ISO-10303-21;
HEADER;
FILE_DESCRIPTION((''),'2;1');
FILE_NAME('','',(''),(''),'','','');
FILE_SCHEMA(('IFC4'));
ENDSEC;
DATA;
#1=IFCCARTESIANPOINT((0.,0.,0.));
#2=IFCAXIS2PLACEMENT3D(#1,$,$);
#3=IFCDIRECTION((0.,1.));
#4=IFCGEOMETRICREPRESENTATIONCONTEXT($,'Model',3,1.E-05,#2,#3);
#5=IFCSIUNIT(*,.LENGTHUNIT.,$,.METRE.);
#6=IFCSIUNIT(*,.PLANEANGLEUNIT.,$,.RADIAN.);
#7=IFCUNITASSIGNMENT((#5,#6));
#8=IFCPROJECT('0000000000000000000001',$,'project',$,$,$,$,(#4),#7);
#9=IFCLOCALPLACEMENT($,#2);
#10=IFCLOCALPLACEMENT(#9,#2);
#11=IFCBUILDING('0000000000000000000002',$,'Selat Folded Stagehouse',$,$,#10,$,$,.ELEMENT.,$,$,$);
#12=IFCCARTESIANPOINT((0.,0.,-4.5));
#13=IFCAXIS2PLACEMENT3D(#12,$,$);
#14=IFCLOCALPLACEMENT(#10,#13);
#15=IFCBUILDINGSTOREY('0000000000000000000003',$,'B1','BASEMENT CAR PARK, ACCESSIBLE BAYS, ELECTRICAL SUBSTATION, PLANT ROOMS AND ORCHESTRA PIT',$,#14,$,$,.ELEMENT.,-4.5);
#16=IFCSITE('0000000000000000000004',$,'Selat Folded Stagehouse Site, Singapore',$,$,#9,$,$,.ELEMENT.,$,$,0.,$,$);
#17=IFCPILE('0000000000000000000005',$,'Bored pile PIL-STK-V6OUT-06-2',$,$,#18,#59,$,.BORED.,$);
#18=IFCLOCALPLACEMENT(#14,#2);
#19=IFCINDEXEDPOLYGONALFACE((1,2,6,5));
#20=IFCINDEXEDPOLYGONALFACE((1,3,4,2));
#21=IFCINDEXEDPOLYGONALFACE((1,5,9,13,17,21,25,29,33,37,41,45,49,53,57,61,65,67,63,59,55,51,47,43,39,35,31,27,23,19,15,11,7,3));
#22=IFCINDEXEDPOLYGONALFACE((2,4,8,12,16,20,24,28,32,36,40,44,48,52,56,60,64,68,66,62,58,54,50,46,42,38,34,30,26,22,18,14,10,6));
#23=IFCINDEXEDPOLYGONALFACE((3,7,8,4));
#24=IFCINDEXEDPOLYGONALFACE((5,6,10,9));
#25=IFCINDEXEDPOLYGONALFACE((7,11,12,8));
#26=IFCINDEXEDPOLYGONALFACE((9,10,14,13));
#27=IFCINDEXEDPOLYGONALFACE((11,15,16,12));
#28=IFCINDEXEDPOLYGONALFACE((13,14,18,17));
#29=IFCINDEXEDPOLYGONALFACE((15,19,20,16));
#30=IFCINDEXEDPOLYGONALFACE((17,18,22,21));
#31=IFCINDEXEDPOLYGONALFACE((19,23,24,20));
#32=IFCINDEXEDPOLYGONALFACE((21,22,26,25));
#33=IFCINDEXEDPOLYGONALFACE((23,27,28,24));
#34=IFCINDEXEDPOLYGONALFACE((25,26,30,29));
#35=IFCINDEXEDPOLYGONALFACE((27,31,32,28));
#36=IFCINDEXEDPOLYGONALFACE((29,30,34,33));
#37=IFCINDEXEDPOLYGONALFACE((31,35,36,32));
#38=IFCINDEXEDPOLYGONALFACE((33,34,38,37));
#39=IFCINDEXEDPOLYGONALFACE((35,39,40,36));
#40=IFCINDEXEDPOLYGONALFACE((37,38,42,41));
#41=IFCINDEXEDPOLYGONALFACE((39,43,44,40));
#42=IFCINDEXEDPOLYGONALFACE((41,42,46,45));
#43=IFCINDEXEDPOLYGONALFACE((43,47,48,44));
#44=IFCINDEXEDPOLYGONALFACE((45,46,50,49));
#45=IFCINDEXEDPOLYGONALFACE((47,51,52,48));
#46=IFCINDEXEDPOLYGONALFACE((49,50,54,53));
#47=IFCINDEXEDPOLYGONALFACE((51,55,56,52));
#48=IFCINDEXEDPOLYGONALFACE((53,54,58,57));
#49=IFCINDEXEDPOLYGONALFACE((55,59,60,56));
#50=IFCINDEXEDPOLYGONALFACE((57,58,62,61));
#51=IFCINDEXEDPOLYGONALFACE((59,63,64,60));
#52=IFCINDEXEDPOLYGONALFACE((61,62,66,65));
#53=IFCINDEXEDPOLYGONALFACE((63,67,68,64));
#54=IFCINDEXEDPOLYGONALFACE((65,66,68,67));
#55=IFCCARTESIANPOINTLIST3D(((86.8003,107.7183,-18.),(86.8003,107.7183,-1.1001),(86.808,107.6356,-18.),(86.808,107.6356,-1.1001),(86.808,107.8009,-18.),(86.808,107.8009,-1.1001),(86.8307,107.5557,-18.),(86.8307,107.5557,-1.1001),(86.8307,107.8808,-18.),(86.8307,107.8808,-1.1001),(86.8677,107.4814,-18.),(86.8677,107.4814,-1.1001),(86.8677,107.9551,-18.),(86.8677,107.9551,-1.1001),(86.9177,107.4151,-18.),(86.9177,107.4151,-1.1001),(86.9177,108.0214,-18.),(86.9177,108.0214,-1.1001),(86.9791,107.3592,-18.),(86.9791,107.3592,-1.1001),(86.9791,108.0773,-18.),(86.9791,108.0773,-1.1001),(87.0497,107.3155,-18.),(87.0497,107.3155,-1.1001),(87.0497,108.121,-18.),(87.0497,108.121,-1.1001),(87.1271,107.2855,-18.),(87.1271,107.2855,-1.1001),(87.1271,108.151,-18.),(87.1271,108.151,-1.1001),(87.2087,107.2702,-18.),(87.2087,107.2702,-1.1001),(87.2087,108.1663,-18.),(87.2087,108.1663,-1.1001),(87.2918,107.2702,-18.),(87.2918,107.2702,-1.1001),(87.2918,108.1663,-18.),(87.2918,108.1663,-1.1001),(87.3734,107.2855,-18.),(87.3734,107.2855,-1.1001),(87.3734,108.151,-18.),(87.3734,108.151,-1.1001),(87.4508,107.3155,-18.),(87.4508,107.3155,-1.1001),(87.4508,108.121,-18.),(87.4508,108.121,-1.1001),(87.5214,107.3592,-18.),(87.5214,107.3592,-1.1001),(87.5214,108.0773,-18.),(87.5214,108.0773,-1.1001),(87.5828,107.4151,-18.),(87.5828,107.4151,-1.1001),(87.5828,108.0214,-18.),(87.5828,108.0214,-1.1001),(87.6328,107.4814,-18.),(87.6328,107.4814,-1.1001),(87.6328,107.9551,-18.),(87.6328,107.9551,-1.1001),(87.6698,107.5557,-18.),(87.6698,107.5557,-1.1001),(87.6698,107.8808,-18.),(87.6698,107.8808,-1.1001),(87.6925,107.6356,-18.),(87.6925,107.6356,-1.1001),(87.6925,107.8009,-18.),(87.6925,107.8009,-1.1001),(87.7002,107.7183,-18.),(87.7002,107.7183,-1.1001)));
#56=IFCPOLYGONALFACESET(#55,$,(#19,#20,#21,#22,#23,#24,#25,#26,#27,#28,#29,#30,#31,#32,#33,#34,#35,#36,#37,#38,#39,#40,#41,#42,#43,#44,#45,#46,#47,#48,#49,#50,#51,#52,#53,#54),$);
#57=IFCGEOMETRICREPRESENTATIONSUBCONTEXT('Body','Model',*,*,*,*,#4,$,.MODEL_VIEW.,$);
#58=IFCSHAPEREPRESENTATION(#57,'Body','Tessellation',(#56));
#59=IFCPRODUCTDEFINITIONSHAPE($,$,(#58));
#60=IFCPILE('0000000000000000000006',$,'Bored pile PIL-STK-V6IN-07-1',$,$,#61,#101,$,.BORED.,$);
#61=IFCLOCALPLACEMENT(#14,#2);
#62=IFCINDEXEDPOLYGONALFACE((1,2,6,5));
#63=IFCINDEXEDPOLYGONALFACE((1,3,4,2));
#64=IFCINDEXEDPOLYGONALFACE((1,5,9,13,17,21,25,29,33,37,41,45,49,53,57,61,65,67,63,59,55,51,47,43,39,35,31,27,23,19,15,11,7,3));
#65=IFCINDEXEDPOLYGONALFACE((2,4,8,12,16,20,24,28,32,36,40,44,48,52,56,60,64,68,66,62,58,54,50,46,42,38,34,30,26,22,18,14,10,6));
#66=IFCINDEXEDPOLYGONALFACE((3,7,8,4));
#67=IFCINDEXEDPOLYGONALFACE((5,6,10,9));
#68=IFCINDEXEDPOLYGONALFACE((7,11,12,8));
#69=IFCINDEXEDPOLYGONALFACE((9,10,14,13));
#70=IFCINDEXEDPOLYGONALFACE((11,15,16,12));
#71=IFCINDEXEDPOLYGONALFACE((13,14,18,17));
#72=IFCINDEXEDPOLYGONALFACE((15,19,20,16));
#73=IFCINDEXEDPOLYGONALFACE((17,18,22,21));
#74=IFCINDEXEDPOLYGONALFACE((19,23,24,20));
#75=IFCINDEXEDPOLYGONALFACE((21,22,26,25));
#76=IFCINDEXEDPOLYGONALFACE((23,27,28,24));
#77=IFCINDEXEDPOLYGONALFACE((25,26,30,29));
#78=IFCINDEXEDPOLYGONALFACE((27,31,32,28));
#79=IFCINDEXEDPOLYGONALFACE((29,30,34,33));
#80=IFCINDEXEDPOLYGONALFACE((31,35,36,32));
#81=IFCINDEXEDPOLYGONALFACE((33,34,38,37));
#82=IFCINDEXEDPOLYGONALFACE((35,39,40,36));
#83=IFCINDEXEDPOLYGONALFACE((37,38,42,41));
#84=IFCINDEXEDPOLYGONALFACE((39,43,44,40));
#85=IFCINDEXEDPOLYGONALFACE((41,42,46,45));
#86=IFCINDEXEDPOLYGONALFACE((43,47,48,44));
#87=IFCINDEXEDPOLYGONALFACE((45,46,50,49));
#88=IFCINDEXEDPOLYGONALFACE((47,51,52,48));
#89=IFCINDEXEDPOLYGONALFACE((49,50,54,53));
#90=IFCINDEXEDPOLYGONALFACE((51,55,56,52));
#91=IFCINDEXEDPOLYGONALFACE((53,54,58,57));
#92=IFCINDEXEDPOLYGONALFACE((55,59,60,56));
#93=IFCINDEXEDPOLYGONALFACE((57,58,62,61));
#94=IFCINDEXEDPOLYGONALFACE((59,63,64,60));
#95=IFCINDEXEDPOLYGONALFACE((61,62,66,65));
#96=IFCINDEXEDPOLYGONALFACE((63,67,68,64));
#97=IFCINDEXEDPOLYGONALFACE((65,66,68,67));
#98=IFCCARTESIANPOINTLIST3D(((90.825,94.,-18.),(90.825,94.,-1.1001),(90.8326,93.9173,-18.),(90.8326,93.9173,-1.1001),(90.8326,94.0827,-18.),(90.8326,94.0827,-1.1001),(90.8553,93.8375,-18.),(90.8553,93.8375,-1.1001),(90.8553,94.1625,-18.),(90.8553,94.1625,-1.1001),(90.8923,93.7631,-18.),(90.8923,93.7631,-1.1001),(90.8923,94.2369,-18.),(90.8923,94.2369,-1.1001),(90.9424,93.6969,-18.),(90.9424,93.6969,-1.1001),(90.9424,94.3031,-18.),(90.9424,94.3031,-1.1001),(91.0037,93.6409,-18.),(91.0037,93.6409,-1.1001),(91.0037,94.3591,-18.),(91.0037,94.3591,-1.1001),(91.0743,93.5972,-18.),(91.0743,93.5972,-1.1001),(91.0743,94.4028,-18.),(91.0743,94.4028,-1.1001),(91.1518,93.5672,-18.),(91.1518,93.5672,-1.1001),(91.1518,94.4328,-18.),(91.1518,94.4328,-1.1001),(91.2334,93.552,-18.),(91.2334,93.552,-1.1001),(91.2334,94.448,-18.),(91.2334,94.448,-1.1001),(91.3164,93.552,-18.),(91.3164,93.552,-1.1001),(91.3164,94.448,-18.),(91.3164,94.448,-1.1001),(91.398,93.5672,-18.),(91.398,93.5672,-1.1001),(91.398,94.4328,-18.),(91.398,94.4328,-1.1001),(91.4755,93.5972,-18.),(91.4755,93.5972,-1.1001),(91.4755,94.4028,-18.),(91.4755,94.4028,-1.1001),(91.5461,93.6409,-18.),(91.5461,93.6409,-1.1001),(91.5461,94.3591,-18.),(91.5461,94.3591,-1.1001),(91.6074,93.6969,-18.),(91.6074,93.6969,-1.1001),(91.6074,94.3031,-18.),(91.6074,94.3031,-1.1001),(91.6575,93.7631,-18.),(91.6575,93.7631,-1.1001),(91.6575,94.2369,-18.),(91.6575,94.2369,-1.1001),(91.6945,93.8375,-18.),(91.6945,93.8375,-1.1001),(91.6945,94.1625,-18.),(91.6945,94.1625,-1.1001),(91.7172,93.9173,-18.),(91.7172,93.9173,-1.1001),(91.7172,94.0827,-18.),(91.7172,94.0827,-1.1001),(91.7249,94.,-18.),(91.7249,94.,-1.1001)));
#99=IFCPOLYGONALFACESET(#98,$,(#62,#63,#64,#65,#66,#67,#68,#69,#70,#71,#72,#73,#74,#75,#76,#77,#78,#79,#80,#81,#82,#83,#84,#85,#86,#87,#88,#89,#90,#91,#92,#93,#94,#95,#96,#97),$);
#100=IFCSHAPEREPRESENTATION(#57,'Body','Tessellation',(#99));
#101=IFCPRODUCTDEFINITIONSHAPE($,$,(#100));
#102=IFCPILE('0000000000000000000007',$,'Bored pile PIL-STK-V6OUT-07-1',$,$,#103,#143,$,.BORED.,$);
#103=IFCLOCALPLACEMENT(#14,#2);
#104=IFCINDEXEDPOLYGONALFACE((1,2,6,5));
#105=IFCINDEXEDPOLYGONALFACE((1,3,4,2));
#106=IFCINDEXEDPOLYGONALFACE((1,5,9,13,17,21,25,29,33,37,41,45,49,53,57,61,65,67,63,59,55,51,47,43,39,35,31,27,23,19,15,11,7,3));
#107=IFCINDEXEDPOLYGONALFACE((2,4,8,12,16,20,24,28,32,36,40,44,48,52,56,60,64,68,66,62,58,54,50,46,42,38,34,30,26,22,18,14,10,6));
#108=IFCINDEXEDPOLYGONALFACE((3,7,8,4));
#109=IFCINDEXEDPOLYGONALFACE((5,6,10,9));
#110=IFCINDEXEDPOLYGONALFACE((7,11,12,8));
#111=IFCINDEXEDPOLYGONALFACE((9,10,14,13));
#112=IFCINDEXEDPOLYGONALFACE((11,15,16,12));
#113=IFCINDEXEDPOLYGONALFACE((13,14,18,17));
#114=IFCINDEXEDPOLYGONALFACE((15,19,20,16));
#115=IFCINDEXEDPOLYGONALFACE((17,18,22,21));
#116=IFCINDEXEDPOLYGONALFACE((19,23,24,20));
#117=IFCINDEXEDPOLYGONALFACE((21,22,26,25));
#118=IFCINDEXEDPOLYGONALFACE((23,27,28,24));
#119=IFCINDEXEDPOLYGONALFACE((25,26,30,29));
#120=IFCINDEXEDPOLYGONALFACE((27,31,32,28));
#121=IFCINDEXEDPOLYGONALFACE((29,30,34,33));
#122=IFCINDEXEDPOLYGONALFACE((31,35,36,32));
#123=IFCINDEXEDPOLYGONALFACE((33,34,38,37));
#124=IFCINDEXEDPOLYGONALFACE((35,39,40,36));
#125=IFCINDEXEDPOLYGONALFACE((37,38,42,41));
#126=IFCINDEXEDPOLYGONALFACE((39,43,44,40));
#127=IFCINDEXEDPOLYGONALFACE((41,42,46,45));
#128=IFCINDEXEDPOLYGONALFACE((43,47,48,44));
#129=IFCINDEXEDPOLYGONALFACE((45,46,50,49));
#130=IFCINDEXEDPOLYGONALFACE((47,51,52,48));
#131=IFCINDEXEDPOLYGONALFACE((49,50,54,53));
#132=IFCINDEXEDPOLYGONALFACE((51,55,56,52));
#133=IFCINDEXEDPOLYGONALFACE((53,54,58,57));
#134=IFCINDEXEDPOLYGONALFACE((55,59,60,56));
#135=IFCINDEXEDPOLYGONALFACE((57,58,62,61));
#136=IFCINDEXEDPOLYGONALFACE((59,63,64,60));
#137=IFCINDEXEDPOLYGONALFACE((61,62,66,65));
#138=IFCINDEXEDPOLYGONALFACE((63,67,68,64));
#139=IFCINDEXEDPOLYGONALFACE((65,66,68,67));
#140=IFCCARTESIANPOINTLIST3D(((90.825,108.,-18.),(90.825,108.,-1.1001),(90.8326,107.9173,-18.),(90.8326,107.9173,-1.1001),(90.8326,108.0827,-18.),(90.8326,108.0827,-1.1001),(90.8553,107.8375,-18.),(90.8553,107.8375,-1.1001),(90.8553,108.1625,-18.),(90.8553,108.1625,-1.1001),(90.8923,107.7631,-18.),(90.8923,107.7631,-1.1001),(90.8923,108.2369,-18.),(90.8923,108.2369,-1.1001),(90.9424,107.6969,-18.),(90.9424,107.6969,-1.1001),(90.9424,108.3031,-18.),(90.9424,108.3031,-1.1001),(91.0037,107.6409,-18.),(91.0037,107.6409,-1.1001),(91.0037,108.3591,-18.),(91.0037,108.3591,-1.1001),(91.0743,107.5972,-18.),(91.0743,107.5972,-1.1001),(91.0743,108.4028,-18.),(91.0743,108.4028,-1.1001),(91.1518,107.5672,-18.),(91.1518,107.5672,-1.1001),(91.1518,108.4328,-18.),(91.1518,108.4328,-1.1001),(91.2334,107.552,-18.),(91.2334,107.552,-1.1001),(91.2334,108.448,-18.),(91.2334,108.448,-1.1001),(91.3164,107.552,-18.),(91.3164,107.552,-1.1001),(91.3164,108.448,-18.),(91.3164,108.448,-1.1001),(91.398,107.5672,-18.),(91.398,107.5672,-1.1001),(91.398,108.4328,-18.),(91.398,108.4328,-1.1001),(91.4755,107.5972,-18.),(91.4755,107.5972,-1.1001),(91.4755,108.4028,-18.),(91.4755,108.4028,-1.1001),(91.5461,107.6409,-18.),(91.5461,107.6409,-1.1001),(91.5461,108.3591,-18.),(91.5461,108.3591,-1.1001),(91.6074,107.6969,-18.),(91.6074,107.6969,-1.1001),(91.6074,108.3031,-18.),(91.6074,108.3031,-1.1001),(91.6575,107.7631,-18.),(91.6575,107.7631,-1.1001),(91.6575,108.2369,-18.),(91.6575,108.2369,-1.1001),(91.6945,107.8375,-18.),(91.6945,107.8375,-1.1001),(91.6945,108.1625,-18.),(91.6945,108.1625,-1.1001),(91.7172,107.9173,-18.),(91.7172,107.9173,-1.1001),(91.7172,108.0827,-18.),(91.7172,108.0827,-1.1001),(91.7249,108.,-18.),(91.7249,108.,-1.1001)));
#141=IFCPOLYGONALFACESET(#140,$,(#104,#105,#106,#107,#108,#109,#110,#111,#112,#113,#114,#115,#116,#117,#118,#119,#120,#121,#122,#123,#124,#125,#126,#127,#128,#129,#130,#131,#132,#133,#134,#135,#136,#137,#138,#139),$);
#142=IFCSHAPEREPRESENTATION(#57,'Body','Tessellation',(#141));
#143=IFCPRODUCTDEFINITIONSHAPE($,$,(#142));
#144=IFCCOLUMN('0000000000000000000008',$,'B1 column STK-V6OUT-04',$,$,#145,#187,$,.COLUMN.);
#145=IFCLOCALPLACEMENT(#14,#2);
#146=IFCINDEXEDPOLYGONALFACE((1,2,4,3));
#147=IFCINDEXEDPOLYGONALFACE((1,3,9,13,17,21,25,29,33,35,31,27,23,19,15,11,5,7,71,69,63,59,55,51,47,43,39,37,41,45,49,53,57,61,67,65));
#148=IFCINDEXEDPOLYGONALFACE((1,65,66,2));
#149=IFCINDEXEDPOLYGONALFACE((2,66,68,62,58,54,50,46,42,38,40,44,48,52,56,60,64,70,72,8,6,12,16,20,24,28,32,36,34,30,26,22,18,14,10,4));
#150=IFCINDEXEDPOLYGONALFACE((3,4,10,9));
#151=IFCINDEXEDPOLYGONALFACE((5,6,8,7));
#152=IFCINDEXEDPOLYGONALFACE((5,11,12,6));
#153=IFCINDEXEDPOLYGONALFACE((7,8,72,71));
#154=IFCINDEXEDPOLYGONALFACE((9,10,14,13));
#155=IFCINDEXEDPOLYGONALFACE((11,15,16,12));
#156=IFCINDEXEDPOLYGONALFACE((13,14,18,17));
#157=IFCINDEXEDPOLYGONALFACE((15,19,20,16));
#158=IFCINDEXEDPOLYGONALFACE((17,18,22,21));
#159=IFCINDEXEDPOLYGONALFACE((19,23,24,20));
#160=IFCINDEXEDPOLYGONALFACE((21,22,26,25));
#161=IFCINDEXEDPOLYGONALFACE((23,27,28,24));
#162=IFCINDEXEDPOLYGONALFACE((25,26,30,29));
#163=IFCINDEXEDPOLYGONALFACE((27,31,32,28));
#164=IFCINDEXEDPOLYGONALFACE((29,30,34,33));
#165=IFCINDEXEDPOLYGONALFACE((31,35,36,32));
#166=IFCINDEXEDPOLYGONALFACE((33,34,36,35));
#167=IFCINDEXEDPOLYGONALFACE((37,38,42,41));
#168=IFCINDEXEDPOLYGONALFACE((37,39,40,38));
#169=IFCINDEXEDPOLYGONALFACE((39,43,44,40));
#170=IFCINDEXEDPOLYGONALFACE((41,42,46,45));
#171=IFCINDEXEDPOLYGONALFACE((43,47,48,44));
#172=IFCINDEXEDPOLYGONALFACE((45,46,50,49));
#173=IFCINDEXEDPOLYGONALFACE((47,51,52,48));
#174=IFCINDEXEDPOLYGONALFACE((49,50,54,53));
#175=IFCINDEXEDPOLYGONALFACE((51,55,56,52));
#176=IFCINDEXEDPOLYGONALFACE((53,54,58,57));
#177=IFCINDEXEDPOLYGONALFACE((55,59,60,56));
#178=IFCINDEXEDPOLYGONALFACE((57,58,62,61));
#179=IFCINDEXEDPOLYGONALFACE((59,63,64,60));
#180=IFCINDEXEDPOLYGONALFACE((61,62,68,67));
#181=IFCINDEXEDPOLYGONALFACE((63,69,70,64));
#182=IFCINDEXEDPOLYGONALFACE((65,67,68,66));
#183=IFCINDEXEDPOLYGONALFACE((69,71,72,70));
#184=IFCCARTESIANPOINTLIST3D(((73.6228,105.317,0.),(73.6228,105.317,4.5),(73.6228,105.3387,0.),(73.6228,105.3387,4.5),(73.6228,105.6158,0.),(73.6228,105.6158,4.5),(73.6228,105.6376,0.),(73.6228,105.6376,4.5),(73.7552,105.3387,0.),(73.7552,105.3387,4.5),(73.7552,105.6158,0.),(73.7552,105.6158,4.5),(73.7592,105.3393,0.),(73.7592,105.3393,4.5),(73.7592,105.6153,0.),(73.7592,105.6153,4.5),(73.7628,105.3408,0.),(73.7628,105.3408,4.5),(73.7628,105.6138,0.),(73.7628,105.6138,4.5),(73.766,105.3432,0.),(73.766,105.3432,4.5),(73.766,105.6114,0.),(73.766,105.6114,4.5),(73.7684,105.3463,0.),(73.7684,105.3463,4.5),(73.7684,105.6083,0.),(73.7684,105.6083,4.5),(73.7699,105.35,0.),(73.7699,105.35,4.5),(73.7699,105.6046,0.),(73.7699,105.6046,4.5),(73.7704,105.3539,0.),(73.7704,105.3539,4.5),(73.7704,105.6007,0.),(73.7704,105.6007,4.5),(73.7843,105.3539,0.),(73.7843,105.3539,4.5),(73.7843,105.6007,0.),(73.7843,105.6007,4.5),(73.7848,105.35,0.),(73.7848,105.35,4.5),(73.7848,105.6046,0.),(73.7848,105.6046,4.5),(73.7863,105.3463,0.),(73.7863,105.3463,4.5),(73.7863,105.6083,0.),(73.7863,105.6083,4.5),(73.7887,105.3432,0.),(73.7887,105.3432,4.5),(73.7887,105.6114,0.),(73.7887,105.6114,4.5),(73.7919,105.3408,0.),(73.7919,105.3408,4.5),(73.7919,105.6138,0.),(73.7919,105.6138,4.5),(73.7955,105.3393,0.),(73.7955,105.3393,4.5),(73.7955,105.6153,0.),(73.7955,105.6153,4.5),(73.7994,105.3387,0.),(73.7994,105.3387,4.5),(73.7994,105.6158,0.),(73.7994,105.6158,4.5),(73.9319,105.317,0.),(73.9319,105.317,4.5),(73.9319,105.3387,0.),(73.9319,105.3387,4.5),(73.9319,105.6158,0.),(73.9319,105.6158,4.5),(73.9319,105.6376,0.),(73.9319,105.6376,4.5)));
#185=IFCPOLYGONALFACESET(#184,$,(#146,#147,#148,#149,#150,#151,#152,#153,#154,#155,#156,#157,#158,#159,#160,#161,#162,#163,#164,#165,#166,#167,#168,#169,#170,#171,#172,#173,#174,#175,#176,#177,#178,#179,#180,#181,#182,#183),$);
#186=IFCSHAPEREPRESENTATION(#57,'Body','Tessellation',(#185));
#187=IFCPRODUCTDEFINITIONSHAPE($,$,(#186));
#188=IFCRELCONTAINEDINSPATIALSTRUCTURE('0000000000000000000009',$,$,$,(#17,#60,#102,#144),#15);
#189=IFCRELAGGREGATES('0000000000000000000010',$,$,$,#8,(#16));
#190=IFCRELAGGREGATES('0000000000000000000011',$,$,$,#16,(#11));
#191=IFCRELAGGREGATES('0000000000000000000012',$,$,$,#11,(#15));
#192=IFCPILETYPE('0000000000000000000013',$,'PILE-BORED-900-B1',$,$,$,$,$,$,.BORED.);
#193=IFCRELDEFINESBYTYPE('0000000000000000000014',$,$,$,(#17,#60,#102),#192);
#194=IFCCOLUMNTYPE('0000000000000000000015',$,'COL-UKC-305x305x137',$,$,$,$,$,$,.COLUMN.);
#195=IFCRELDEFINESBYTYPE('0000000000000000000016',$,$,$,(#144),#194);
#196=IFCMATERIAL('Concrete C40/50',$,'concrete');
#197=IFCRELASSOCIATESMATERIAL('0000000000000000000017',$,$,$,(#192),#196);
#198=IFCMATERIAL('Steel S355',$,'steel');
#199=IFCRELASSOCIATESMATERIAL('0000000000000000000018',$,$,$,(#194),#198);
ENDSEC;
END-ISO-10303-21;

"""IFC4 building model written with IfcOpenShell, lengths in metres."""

from ifc_helpers import new_model, si_unit, direction, frame, origin, origin_2d, place, context, subcontext, project, spatial, circle, i_section, extrude, material, material_profile, profile_set, type_object, element, save


model = new_model("IFC4")

# Units and contexts
model_context = context("Model", 3, precision=1e-05, world=origin(), true_north=direction((0.0, 1.0)))
body_context = subcontext(model_context, "Body", "Model", "MODEL_VIEW")
ifc_project = project(units=[si_unit("LENGTHUNIT", "METRE"), si_unit("PLANEANGLEUNIT", "RADIAN")], contexts=[model_context])

# Site, building, storey
site_placement = place(None, origin())
site = spatial("IfcSite", under=ifc_project, at=site_placement, Name="Selat Folded Stagehouse Site, Singapore", CompositionType="ELEMENT", RefElevation=0.0)
building_placement = place(site_placement, origin())
building = spatial("IfcBuilding", under=site, at=building_placement, Name="Selat Folded Stagehouse", CompositionType="ELEMENT")
storey_placement = place(building_placement, frame((0.0, 0.0, -4.5)))
storey = spatial("IfcBuildingStorey", under=building, at=storey_placement, Name="B1", Description="BASEMENT CAR PARK, ACCESSIBLE BAYS, ELECTRICAL SUBSTATION, PLANT ROOMS AND ORCHESTRA PIT", CompositionType="ELEMENT", Elevation=-4.5)

# Shared definitions
ifc_material_1 = material(Name="Concrete C40/50", Category="concrete")

# Piles
ifc_material_profile_1 = material_profile(ifc_material_1, circle(Radius=0.45, at=origin_2d()), Name="PILE D900")
ifc_profile_set_1 = profile_set([ifc_material_profile_1], Name="Concrete C40/50")
pile_type = type_object("IfcPileType", Name="PILE-BORED-900-B1", PredefinedType="BORED", material=ifc_profile_set_1)
for number, where, z_axis, x_axis, name in (
    (1, (87.2502, 107.7183, -1.1001), (0.0, 0.0, -1.0), (1.0, 0.0, 0.0), "Bored pile PIL-STK-V6OUT-06-2"),
    (2, (91.2749, 94.0, -1.1001), (0.0, 0.0, -1.0), (1.0, 0.0, 0.0), "Bored pile PIL-STK-V6IN-07-1"),
    (3, (91.2749, 108.0, -1.1001), (0.0, 0.0, -1.0), (1.0, 0.0, 0.0), "Bored pile PIL-STK-V6OUT-07-1"),
):
    element("IfcPile", number, at=place(storey_placement, frame(where, z_axis=z_axis, x_axis=x_axis)), inside=storey, type_object=pile_type, Name=name, PredefinedType="BORED", context=body_context, shape_type="SweptSolid", body=[
        extrude(circle(Radius=0.45, at=origin_2d()), origin(), (0.0, 0.0, 1.0), 16.8999),
    ])

# Column
ifc_material_2 = material(Name="Steel S355", Category="steel")
ifc_material_profile_2 = material_profile(ifc_material_2, i_section(OverallWidth=0.3091, OverallDepth=0.3206, WebThickness=0.0139, FlangeThickness=0.0217, FilletRadius=0.0151, at=origin_2d()), Name="UKC 305x305x137")
ifc_profile_set_2 = profile_set([ifc_material_profile_2], Name="Steel S355")
column_type = type_object("IfcColumnType", Name="COL-UKC-305x305x137", PredefinedType="COLUMN", material=ifc_profile_set_2)
for number, where, z_axis, x_axis, name in (
    (4, (73.7773, 105.4773, 0.0), (0.0, 0.0, 1.0), (1.0, 0.0, 0.0), "B1 column STK-V6OUT-04"),
):
    element("IfcColumn", number, at=place(storey_placement, frame(where, z_axis=z_axis, x_axis=x_axis)), inside=storey, type_object=column_type, Name=name, PredefinedType="COLUMN", context=body_context, shape_type="SweptSolid", body=[
        extrude(i_section(OverallWidth=0.3091, OverallDepth=0.3206, WebThickness=0.0139, FlangeThickness=0.0217, FilletRadius=0.0151, at=origin_2d()), origin(), (0.0, 0.0, 1.0), 4.5),
    ])

save(model, "model.ifc")
